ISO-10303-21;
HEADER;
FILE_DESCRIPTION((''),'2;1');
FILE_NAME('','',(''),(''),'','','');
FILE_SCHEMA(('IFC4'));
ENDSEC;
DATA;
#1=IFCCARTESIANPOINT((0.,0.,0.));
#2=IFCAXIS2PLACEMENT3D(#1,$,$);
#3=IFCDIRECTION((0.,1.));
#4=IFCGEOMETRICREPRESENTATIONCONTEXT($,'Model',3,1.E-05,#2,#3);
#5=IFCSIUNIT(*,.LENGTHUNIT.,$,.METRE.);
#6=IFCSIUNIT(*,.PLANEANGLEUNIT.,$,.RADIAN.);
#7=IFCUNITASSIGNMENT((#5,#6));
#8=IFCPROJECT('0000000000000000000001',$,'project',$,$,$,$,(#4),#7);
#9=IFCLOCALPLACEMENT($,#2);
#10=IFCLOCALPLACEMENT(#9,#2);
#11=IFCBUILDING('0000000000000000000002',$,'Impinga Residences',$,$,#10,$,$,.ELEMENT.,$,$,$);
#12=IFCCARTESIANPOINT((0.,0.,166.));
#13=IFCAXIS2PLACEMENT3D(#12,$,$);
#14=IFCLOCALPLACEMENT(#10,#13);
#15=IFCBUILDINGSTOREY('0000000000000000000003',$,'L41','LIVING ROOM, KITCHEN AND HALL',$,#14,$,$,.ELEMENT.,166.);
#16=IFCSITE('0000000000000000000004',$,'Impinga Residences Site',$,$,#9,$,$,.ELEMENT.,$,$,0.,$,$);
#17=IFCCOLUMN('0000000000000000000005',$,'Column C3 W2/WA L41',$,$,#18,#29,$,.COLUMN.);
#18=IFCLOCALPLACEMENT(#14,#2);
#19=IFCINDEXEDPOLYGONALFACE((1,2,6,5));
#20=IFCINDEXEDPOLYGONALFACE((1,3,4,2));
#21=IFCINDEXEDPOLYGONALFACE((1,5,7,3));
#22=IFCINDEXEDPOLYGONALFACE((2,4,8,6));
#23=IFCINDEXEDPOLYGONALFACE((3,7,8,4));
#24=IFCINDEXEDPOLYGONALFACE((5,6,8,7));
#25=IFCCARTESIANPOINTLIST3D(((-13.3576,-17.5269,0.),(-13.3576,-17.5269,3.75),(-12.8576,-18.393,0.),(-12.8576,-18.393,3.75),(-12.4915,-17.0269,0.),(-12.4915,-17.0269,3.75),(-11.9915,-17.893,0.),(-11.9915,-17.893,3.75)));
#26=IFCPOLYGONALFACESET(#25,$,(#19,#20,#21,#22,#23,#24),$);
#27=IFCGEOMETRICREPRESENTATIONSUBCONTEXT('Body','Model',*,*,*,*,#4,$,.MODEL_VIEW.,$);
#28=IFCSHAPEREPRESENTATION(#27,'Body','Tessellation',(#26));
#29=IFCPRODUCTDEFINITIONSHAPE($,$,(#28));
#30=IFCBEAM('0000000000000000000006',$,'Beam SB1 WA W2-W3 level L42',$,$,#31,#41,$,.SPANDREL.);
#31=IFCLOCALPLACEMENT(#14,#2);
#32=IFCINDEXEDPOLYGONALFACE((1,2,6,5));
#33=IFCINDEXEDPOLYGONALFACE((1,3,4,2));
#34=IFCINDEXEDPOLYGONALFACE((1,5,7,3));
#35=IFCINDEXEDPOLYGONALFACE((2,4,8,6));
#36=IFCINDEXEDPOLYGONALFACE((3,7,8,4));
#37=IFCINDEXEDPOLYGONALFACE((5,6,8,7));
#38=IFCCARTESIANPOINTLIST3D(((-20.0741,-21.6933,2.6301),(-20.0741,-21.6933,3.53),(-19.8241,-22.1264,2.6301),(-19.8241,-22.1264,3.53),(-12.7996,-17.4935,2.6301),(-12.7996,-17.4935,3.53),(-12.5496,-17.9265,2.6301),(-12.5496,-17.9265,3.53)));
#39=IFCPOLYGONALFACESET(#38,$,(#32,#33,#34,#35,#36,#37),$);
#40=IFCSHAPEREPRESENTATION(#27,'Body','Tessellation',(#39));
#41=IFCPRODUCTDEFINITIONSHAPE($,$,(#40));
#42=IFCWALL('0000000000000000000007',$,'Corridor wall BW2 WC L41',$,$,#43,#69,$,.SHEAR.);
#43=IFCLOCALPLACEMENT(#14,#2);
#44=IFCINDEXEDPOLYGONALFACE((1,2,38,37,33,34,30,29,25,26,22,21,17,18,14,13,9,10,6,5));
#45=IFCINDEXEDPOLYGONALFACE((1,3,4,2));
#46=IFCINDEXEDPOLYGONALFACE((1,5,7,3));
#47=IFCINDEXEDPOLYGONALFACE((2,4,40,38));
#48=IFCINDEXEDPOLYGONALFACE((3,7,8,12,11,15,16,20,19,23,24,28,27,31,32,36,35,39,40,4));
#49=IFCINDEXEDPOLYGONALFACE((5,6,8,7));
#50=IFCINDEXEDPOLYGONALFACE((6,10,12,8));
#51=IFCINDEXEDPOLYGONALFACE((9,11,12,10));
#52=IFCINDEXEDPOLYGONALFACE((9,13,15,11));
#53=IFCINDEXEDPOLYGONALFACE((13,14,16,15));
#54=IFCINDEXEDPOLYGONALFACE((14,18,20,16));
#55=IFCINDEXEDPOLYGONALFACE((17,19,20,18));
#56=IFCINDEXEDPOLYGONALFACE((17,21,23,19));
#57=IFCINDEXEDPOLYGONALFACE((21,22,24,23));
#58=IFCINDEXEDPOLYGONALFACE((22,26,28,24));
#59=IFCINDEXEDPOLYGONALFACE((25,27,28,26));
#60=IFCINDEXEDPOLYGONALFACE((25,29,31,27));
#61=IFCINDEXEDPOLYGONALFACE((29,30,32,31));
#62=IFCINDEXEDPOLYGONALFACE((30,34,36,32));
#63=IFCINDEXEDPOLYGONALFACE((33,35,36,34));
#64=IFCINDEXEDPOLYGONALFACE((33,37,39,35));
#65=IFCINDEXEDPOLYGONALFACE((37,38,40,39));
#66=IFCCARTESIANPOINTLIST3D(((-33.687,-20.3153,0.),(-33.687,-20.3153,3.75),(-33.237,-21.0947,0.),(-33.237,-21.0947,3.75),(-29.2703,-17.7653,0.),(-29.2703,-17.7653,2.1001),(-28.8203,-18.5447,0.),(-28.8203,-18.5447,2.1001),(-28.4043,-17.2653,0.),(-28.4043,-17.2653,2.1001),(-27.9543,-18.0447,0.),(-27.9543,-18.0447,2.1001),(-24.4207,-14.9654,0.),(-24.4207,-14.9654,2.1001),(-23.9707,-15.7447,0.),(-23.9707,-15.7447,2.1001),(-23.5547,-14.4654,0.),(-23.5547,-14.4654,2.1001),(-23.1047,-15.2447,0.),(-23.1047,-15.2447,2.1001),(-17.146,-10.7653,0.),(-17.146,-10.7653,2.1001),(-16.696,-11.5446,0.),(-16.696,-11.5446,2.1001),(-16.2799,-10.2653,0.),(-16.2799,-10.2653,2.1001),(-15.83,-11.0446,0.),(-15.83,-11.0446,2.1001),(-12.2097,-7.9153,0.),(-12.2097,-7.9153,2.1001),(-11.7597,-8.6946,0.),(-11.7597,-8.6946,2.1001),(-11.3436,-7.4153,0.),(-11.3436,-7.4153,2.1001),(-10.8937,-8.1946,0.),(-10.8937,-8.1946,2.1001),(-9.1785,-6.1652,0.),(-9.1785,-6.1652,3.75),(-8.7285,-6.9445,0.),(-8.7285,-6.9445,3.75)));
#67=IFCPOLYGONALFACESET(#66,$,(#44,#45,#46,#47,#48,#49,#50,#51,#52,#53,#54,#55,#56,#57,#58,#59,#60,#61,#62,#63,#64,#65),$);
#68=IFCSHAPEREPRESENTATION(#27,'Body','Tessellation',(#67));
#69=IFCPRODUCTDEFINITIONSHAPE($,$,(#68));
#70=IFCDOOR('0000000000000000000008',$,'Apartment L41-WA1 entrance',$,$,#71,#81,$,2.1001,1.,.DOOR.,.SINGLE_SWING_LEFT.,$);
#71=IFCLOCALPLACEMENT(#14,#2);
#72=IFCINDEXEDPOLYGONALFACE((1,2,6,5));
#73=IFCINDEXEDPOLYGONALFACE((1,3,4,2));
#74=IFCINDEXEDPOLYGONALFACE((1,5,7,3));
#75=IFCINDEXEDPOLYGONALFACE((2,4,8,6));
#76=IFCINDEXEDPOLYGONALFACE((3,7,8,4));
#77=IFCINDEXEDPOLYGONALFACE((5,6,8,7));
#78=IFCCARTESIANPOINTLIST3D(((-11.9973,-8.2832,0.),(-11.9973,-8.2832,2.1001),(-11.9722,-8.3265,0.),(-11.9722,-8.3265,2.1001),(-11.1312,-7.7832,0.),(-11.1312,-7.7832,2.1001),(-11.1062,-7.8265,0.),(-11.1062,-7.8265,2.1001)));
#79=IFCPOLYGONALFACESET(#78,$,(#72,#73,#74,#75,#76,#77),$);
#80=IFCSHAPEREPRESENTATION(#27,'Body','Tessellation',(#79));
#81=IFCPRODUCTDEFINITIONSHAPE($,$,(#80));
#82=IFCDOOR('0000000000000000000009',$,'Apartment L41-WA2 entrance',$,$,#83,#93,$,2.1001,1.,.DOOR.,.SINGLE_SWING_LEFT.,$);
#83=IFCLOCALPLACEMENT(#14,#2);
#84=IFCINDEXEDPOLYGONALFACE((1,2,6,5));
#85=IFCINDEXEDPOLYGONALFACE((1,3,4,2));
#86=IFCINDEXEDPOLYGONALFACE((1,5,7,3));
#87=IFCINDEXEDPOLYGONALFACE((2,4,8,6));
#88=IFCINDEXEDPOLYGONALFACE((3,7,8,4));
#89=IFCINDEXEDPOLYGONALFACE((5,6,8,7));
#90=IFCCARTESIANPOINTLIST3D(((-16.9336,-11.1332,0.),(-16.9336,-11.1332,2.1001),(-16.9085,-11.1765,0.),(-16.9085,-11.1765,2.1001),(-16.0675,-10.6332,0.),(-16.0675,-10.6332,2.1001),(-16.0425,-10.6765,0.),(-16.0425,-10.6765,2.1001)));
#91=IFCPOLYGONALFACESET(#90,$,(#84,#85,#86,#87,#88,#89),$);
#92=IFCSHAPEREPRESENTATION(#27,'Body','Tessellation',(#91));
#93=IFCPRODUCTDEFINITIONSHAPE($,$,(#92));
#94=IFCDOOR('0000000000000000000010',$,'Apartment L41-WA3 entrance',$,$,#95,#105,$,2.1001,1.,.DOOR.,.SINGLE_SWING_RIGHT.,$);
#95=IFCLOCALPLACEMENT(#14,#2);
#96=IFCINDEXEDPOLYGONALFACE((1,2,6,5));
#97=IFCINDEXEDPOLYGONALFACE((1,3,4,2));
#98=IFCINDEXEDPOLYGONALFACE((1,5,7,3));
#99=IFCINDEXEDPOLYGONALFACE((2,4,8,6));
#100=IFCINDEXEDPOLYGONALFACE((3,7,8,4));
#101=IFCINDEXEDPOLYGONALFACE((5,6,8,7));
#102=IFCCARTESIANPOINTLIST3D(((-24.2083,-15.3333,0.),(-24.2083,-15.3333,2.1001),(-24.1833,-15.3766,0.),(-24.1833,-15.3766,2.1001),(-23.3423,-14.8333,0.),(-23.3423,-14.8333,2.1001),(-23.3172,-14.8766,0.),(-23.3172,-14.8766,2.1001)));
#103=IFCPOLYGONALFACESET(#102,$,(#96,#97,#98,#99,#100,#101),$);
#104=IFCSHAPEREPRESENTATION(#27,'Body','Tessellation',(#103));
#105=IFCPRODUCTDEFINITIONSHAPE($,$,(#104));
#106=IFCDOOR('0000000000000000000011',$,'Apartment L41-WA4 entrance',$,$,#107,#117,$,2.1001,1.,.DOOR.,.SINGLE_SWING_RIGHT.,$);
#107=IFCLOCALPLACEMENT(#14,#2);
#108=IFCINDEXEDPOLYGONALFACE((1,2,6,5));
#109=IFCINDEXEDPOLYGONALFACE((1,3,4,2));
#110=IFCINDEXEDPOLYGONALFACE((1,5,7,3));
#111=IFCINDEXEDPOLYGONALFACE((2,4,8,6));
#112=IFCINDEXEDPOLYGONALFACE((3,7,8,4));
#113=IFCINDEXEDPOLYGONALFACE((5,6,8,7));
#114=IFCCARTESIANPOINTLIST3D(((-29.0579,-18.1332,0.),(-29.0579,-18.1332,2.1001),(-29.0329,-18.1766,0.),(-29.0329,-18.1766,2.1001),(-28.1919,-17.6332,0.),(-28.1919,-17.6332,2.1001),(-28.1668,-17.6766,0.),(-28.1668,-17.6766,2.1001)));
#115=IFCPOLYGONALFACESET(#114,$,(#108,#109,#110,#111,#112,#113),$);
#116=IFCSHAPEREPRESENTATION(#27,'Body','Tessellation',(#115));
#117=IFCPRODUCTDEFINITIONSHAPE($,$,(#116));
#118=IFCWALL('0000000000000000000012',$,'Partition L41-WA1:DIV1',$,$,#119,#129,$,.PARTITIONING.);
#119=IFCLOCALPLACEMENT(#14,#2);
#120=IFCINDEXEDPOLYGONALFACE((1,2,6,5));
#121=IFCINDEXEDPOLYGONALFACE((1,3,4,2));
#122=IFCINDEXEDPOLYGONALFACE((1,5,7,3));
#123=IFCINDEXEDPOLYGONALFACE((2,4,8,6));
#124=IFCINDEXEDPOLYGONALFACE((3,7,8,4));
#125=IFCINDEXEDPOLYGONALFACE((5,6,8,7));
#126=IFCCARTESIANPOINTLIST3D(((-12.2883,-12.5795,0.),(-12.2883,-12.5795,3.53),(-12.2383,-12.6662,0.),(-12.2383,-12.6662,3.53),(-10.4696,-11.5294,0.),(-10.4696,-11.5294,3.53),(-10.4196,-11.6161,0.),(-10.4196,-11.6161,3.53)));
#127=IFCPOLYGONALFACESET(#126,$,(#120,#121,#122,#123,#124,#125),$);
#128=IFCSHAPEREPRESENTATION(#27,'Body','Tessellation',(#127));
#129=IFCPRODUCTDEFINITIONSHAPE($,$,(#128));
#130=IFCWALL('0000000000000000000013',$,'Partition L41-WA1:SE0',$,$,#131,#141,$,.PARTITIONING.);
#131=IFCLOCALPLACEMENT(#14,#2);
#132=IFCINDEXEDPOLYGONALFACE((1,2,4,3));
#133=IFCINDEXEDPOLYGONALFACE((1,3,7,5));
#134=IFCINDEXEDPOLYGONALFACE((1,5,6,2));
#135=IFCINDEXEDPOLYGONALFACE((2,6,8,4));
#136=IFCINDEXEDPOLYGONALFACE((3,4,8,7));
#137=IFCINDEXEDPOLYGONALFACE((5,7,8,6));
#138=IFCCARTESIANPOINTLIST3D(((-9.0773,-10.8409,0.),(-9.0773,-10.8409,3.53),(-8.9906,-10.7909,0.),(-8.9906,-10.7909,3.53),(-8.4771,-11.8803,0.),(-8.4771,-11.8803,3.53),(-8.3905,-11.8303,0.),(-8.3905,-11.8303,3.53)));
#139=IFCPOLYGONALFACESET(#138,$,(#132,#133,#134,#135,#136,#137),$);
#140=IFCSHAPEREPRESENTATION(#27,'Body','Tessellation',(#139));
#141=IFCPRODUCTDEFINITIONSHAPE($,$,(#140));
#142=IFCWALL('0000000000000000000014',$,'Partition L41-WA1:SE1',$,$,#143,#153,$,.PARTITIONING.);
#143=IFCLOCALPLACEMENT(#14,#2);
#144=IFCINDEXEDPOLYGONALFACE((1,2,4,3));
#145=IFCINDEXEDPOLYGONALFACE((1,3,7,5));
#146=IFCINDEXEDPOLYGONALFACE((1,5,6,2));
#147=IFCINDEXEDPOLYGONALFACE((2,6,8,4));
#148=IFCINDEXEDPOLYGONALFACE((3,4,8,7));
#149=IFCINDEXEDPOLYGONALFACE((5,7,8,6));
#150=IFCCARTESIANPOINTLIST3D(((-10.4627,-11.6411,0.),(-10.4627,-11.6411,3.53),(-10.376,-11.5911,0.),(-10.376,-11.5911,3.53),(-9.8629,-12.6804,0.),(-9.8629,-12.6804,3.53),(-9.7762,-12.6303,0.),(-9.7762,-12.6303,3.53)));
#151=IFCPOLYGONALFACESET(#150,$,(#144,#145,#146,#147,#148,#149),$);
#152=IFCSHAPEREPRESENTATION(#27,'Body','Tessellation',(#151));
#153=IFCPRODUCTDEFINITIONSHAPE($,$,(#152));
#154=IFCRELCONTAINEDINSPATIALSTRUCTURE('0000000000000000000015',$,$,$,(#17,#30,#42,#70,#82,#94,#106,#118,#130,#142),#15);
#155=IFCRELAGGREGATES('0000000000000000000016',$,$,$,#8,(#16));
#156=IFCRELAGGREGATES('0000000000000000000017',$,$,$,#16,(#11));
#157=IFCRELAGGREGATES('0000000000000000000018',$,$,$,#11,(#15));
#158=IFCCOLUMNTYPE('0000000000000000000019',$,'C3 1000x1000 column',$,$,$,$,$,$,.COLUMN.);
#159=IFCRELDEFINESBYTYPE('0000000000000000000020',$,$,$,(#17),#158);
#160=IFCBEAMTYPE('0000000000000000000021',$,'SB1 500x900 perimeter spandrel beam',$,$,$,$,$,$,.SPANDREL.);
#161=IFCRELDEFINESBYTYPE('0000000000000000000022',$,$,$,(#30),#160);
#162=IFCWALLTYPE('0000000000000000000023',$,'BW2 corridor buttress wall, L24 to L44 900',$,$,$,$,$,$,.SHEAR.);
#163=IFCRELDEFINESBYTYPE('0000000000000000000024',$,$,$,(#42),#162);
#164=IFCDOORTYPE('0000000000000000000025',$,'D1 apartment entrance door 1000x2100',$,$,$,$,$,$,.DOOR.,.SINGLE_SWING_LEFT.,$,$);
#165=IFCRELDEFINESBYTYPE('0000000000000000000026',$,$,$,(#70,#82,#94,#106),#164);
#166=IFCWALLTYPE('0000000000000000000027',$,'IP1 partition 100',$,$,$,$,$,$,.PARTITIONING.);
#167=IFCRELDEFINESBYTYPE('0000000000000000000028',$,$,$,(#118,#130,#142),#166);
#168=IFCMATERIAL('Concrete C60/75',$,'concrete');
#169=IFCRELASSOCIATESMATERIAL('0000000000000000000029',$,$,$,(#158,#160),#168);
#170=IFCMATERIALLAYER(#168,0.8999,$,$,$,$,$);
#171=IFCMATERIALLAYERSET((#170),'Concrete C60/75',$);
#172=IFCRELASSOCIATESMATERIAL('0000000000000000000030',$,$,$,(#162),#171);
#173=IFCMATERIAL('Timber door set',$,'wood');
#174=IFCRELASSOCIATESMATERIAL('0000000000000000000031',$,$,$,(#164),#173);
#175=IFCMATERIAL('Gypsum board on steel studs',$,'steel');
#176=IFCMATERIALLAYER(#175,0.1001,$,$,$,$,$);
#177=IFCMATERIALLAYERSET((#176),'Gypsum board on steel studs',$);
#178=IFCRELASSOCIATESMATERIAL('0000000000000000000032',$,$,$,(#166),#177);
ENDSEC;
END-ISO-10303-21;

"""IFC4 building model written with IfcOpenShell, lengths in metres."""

from ifc_helpers import new_model, si_unit, direction, frame, frame_2d, origin, origin_2d, place, context, subcontext, project, spatial, rectangle, extrude, material, layer, layer_set, material_profile, profile_set, type_object, element, fill, save


model = new_model("IFC4")

# Units and contexts
model_context = context("Model", 3, precision=1e-05, world=origin(), true_north=direction((0.0, 1.0)))
body_context = subcontext(model_context, "Body", "Model", "MODEL_VIEW")
ifc_project = project(units=[si_unit("LENGTHUNIT", "METRE"), si_unit("PLANEANGLEUNIT", "RADIAN")], contexts=[model_context])

# Site, building, storey
site_placement = place(None, origin())
site = spatial("IfcSite", under=ifc_project, at=site_placement, Name="Impinga Residences Site", CompositionType="ELEMENT", RefElevation=0.0)
building_placement = place(site_placement, origin())
building = spatial("IfcBuilding", under=site, at=building_placement, Name="Impinga Residences", CompositionType="ELEMENT")
storey_placement = place(building_placement, frame((0.0, 0.0, 166.0)))
storey = spatial("IfcBuildingStorey", under=building, at=storey_placement, Name="L41", Description="LIVING ROOM, KITCHEN AND HALL", CompositionType="ELEMENT", Elevation=166.0)

# Column
ifc_material_1 = material(Name="Concrete C60/75", Category="concrete")
ifc_material_profile_1 = material_profile(ifc_material_1, rectangle(XDim=1.0, YDim=1.0, at=origin_2d()), Name="RC 1000x1000")
ifc_profile_set_1 = profile_set([ifc_material_profile_1], Name="Concrete C60/75")
column_type = type_object("IfcColumnType", Name="C3 1000x1000 column", PredefinedType="COLUMN", material=ifc_profile_set_1)
column_placement = place(storey_placement, frame((-12.6746, -17.71, 0.0), z_axis=(0.0, 0.0, 1.0), x_axis=(-0.5, 0.866025, 0.0)))
element("IfcColumn", 1, at=column_placement, inside=storey, type_object=column_type, Name="Column C3 W2/WA L41", PredefinedType="COLUMN", context=body_context, shape_type="SweptSolid", body=[
    extrude(rectangle(XDim=1.0, YDim=1.0, at=origin_2d()), origin(), (0.0, 0.0, 1.0), 3.75),
])

# Beam
ifc_material_profile_2 = material_profile(ifc_material_1, rectangle(XDim=0.5, YDim=0.8999, at=origin_2d()), Name="RC 500x900")
ifc_profile_set_2 = profile_set([ifc_material_profile_2], Name="Concrete C60/75")
beam_type = type_object("IfcBeamType", Name="SB1 500x900 perimeter spandrel beam", PredefinedType="SPANDREL", material=ifc_profile_set_2)
beam_placement = place(storey_placement, frame((-12.6746, -17.71, 3.0801), z_axis=(-0.866029, -0.499993, 0.0), x_axis=(0.499993, -0.866029, 0.0)))
element("IfcBeam", 2, at=beam_placement, inside=storey, type_object=beam_type, Name="Beam SB1 WA W2-W3 level L42", PredefinedType="SPANDREL", context=body_context, shape_type="SweptSolid", body=[
    extrude(rectangle(XDim=0.5, YDim=0.8999, at=origin_2d()), origin(), (0.0, 0.0, 1.0), 8.3999),
])

# Wall, openings, doors
ifc_layer_1 = layer(ifc_material_1, 0.8999)
ifc_layer_set_1 = layer_set([ifc_layer_1], Name="Concrete C60/75")
wall_type_1 = type_object("IfcWallType", Name="BW2 corridor buttress wall, L24 to L44 900", PredefinedType="SHEAR", material=ifc_layer_set_1)
wall_1_placement = place(storey_placement, frame((-8.9536, -6.5549, 0.0), z_axis=(0.0, 0.0, 1.0), x_axis=(-0.866023, -0.500003, 0.0)))
wall_1 = element("IfcWall", 3, at=wall_1_placement, inside=storey, type_object=wall_type_1, Name="Corridor wall BW2 WC L41", PredefinedType="SHEAR", context=body_context, shape_type="SweptSolid", body=[
    extrude(rectangle(XDim=28.3, YDim=0.8999, at=frame_2d((14.1499, 0.0))), origin(), (0.0, 0.0, 1.0), 3.75),
])
opening_1_placement = place(wall_1_placement, frame((2.5, 0.0, 0.0)))
opening_1 = element("IfcOpeningElement", 4, at=opening_1_placement, cuts=wall_1, PredefinedType="OPENING", context=body_context, shape_type="SweptSolid", body=[
    extrude(rectangle(XDim=1.0, YDim=2.1001, at=frame_2d((0.5, 1.05))), frame((0.0, 0.46, 0.0), z_axis=(0.0, -1.0, 0.0), x_axis=(1.0, 0.0, 0.0)), (0.0, 0.0, 1.0), 0.9199),
])
opening_2_placement = place(wall_1_placement, frame((8.2, 0.0, 0.0)))
opening_2 = element("IfcOpeningElement", 5, at=opening_2_placement, cuts=wall_1, PredefinedType="OPENING", context=body_context, shape_type="SweptSolid", body=[
    extrude(rectangle(XDim=1.0, YDim=2.1001, at=frame_2d((0.5, 1.05))), frame((0.0, 0.46, 0.0), z_axis=(0.0, -1.0, 0.0), x_axis=(1.0, 0.0, 0.0)), (0.0, 0.0, 1.0), 0.9199),
])
opening_3_placement = place(wall_1_placement, frame((16.6001, 0.0, 0.0)))
opening_3 = element("IfcOpeningElement", 6, at=opening_3_placement, cuts=wall_1, PredefinedType="OPENING", context=body_context, shape_type="SweptSolid", body=[
    extrude(rectangle(XDim=1.0, YDim=2.1001, at=frame_2d((0.5, 1.05))), frame((0.0, 0.46, 0.0), z_axis=(0.0, -1.0, 0.0), x_axis=(1.0, 0.0, 0.0)), (0.0, 0.0, 1.0), 0.9199),
])
opening_4_placement = place(wall_1_placement, frame((22.2, 0.0, 0.0)))
opening_4 = element("IfcOpeningElement", 7, at=opening_4_placement, cuts=wall_1, PredefinedType="OPENING", context=body_context, shape_type="SweptSolid", body=[
    extrude(rectangle(XDim=1.0, YDim=2.1001, at=frame_2d((0.5, 1.05))), frame((0.0, 0.46, 0.0), z_axis=(0.0, -1.0, 0.0), x_axis=(1.0, 0.0, 0.0)), (0.0, 0.0, 1.0), 0.9199),
])
ifc_material_2 = material(Name="Timber door set", Category="wood")
door_type_1 = type_object("IfcDoorType", Name="D1 apartment entrance door 1000x2100", OperationType="SINGLE_SWING_LEFT", PredefinedType="DOOR", material=ifc_material_2)
door_1_placement = place(opening_1_placement, origin())
door_1 = element("IfcDoor", 8, at=door_1_placement, inside=storey, type_object=door_type_1, Name="Apartment L41-WA1 entrance", OperationType="SINGLE_SWING_LEFT", OverallHeight=2.1001, OverallWidth=1.0, PredefinedType="DOOR", context=body_context, shape_type="SweptSolid", body=[
    extrude(rectangle(XDim=1.0, YDim=2.1001, at=frame_2d((0.5, 1.05))), frame((0.0, 0.0249, 0.0), z_axis=(0.0, -1.0, 0.0), x_axis=(1.0, 0.0, 0.0)), (0.0, 0.0, 1.0), 0.05),
])
fill(opening_1, door_1)
door_2_placement = place(opening_2_placement, origin())
door_2 = element("IfcDoor", 9, at=door_2_placement, inside=storey, type_object=door_type_1, Name="Apartment L41-WA2 entrance", OperationType="SINGLE_SWING_LEFT", OverallHeight=2.1001, OverallWidth=1.0, PredefinedType="DOOR", context=body_context, shape_type="SweptSolid", body=[
    extrude(rectangle(XDim=1.0, YDim=2.1001, at=frame_2d((0.5, 1.05))), frame((0.0, 0.0249, 0.0), z_axis=(0.0, -1.0, 0.0), x_axis=(1.0, 0.0, 0.0)), (0.0, 0.0, 1.0), 0.05),
])
fill(opening_2, door_2)
door_3_placement = place(opening_3_placement, origin())
door_3 = element("IfcDoor", 10, at=door_3_placement, inside=storey, type_object=door_type_1, Name="Apartment L41-WA3 entrance", OperationType="SINGLE_SWING_RIGHT", OverallHeight=2.1001, OverallWidth=1.0, PredefinedType="DOOR", context=body_context, shape_type="SweptSolid", body=[
    extrude(rectangle(XDim=1.0, YDim=2.1001, at=frame_2d((0.5, 1.05))), frame((0.0, 0.0249, 0.0), z_axis=(0.0, -1.0, 0.0), x_axis=(1.0, 0.0, 0.0)), (0.0, 0.0, 1.0), 0.05),
])
fill(opening_3, door_3)
door_4_placement = place(opening_4_placement, origin())
door_4 = element("IfcDoor", 11, at=door_4_placement, inside=storey, type_object=door_type_1, Name="Apartment L41-WA4 entrance", OperationType="SINGLE_SWING_RIGHT", OverallHeight=2.1001, OverallWidth=1.0, PredefinedType="DOOR", context=body_context, shape_type="SweptSolid", body=[
    extrude(rectangle(XDim=1.0, YDim=2.1001, at=frame_2d((0.5, 1.05))), frame((0.0, 0.0249, 0.0), z_axis=(0.0, -1.0, 0.0), x_axis=(1.0, 0.0, 0.0)), (0.0, 0.0, 1.0), 0.05),
])
fill(opening_4, door_4)

# Walls
ifc_material_3 = material(Name="Gypsum board on steel studs", Category="steel")
ifc_layer_2 = layer(ifc_material_3, 0.1001)
ifc_layer_set_2 = layer_set([ifc_layer_2], Name="Gypsum board on steel studs")
wall_type_2 = type_object("IfcWallType", Name="IP1 partition 100", PredefinedType="PARTITIONING", material=ifc_layer_set_2)
wall_2_placement = place(storey_placement, frame((-10.4446, -11.5728, 0.0), z_axis=(0.0, 0.0, 1.0), x_axis=(-0.866009, -0.500028, 0.0)))
element("IfcWall", 12, at=wall_2_placement, inside=storey, type_object=wall_type_2, Name="Partition L41-WA1:DIV1", PredefinedType="PARTITIONING", context=body_context, shape_type="SweptSolid", body=[
    extrude(rectangle(XDim=2.1001, YDim=0.1001, at=frame_2d((1.05, 0.0))), origin(), (0.0, 0.0, 1.0), 3.53),
])
wall_3_placement = place(storey_placement, frame((-9.0339, -10.8159, 0.0), z_axis=(0.0, 0.0, 1.0), x_axis=(0.500034, -0.866006, 0.0)))
element("IfcWall", 13, at=wall_3_placement, inside=storey, type_object=wall_type_2, Name="Partition L41-WA1:SE0", PredefinedType="PARTITIONING", context=body_context, shape_type="SweptSolid", body=[
    extrude(rectangle(XDim=1.2002, YDim=0.1001, at=frame_2d((0.6001, 0.0))), origin(), (0.0, 0.0, 1.0), 3.53),
])
wall_4_placement = place(storey_placement, frame((-10.4194, -11.616, 0.0), z_axis=(0.0, 0.0, 1.0), x_axis=(0.499881, -0.866094, 0.0)))
element("IfcWall", 14, at=wall_4_placement, inside=storey, type_object=wall_type_2, Name="Partition L41-WA1:SE1", PredefinedType="PARTITIONING", context=body_context, shape_type="SweptSolid", body=[
    extrude(rectangle(XDim=1.2, YDim=0.1001, at=frame_2d((0.6001, 0.0))), origin(), (0.0, 0.0, 1.0), 3.53),
])

save(model, "model.ifc")
